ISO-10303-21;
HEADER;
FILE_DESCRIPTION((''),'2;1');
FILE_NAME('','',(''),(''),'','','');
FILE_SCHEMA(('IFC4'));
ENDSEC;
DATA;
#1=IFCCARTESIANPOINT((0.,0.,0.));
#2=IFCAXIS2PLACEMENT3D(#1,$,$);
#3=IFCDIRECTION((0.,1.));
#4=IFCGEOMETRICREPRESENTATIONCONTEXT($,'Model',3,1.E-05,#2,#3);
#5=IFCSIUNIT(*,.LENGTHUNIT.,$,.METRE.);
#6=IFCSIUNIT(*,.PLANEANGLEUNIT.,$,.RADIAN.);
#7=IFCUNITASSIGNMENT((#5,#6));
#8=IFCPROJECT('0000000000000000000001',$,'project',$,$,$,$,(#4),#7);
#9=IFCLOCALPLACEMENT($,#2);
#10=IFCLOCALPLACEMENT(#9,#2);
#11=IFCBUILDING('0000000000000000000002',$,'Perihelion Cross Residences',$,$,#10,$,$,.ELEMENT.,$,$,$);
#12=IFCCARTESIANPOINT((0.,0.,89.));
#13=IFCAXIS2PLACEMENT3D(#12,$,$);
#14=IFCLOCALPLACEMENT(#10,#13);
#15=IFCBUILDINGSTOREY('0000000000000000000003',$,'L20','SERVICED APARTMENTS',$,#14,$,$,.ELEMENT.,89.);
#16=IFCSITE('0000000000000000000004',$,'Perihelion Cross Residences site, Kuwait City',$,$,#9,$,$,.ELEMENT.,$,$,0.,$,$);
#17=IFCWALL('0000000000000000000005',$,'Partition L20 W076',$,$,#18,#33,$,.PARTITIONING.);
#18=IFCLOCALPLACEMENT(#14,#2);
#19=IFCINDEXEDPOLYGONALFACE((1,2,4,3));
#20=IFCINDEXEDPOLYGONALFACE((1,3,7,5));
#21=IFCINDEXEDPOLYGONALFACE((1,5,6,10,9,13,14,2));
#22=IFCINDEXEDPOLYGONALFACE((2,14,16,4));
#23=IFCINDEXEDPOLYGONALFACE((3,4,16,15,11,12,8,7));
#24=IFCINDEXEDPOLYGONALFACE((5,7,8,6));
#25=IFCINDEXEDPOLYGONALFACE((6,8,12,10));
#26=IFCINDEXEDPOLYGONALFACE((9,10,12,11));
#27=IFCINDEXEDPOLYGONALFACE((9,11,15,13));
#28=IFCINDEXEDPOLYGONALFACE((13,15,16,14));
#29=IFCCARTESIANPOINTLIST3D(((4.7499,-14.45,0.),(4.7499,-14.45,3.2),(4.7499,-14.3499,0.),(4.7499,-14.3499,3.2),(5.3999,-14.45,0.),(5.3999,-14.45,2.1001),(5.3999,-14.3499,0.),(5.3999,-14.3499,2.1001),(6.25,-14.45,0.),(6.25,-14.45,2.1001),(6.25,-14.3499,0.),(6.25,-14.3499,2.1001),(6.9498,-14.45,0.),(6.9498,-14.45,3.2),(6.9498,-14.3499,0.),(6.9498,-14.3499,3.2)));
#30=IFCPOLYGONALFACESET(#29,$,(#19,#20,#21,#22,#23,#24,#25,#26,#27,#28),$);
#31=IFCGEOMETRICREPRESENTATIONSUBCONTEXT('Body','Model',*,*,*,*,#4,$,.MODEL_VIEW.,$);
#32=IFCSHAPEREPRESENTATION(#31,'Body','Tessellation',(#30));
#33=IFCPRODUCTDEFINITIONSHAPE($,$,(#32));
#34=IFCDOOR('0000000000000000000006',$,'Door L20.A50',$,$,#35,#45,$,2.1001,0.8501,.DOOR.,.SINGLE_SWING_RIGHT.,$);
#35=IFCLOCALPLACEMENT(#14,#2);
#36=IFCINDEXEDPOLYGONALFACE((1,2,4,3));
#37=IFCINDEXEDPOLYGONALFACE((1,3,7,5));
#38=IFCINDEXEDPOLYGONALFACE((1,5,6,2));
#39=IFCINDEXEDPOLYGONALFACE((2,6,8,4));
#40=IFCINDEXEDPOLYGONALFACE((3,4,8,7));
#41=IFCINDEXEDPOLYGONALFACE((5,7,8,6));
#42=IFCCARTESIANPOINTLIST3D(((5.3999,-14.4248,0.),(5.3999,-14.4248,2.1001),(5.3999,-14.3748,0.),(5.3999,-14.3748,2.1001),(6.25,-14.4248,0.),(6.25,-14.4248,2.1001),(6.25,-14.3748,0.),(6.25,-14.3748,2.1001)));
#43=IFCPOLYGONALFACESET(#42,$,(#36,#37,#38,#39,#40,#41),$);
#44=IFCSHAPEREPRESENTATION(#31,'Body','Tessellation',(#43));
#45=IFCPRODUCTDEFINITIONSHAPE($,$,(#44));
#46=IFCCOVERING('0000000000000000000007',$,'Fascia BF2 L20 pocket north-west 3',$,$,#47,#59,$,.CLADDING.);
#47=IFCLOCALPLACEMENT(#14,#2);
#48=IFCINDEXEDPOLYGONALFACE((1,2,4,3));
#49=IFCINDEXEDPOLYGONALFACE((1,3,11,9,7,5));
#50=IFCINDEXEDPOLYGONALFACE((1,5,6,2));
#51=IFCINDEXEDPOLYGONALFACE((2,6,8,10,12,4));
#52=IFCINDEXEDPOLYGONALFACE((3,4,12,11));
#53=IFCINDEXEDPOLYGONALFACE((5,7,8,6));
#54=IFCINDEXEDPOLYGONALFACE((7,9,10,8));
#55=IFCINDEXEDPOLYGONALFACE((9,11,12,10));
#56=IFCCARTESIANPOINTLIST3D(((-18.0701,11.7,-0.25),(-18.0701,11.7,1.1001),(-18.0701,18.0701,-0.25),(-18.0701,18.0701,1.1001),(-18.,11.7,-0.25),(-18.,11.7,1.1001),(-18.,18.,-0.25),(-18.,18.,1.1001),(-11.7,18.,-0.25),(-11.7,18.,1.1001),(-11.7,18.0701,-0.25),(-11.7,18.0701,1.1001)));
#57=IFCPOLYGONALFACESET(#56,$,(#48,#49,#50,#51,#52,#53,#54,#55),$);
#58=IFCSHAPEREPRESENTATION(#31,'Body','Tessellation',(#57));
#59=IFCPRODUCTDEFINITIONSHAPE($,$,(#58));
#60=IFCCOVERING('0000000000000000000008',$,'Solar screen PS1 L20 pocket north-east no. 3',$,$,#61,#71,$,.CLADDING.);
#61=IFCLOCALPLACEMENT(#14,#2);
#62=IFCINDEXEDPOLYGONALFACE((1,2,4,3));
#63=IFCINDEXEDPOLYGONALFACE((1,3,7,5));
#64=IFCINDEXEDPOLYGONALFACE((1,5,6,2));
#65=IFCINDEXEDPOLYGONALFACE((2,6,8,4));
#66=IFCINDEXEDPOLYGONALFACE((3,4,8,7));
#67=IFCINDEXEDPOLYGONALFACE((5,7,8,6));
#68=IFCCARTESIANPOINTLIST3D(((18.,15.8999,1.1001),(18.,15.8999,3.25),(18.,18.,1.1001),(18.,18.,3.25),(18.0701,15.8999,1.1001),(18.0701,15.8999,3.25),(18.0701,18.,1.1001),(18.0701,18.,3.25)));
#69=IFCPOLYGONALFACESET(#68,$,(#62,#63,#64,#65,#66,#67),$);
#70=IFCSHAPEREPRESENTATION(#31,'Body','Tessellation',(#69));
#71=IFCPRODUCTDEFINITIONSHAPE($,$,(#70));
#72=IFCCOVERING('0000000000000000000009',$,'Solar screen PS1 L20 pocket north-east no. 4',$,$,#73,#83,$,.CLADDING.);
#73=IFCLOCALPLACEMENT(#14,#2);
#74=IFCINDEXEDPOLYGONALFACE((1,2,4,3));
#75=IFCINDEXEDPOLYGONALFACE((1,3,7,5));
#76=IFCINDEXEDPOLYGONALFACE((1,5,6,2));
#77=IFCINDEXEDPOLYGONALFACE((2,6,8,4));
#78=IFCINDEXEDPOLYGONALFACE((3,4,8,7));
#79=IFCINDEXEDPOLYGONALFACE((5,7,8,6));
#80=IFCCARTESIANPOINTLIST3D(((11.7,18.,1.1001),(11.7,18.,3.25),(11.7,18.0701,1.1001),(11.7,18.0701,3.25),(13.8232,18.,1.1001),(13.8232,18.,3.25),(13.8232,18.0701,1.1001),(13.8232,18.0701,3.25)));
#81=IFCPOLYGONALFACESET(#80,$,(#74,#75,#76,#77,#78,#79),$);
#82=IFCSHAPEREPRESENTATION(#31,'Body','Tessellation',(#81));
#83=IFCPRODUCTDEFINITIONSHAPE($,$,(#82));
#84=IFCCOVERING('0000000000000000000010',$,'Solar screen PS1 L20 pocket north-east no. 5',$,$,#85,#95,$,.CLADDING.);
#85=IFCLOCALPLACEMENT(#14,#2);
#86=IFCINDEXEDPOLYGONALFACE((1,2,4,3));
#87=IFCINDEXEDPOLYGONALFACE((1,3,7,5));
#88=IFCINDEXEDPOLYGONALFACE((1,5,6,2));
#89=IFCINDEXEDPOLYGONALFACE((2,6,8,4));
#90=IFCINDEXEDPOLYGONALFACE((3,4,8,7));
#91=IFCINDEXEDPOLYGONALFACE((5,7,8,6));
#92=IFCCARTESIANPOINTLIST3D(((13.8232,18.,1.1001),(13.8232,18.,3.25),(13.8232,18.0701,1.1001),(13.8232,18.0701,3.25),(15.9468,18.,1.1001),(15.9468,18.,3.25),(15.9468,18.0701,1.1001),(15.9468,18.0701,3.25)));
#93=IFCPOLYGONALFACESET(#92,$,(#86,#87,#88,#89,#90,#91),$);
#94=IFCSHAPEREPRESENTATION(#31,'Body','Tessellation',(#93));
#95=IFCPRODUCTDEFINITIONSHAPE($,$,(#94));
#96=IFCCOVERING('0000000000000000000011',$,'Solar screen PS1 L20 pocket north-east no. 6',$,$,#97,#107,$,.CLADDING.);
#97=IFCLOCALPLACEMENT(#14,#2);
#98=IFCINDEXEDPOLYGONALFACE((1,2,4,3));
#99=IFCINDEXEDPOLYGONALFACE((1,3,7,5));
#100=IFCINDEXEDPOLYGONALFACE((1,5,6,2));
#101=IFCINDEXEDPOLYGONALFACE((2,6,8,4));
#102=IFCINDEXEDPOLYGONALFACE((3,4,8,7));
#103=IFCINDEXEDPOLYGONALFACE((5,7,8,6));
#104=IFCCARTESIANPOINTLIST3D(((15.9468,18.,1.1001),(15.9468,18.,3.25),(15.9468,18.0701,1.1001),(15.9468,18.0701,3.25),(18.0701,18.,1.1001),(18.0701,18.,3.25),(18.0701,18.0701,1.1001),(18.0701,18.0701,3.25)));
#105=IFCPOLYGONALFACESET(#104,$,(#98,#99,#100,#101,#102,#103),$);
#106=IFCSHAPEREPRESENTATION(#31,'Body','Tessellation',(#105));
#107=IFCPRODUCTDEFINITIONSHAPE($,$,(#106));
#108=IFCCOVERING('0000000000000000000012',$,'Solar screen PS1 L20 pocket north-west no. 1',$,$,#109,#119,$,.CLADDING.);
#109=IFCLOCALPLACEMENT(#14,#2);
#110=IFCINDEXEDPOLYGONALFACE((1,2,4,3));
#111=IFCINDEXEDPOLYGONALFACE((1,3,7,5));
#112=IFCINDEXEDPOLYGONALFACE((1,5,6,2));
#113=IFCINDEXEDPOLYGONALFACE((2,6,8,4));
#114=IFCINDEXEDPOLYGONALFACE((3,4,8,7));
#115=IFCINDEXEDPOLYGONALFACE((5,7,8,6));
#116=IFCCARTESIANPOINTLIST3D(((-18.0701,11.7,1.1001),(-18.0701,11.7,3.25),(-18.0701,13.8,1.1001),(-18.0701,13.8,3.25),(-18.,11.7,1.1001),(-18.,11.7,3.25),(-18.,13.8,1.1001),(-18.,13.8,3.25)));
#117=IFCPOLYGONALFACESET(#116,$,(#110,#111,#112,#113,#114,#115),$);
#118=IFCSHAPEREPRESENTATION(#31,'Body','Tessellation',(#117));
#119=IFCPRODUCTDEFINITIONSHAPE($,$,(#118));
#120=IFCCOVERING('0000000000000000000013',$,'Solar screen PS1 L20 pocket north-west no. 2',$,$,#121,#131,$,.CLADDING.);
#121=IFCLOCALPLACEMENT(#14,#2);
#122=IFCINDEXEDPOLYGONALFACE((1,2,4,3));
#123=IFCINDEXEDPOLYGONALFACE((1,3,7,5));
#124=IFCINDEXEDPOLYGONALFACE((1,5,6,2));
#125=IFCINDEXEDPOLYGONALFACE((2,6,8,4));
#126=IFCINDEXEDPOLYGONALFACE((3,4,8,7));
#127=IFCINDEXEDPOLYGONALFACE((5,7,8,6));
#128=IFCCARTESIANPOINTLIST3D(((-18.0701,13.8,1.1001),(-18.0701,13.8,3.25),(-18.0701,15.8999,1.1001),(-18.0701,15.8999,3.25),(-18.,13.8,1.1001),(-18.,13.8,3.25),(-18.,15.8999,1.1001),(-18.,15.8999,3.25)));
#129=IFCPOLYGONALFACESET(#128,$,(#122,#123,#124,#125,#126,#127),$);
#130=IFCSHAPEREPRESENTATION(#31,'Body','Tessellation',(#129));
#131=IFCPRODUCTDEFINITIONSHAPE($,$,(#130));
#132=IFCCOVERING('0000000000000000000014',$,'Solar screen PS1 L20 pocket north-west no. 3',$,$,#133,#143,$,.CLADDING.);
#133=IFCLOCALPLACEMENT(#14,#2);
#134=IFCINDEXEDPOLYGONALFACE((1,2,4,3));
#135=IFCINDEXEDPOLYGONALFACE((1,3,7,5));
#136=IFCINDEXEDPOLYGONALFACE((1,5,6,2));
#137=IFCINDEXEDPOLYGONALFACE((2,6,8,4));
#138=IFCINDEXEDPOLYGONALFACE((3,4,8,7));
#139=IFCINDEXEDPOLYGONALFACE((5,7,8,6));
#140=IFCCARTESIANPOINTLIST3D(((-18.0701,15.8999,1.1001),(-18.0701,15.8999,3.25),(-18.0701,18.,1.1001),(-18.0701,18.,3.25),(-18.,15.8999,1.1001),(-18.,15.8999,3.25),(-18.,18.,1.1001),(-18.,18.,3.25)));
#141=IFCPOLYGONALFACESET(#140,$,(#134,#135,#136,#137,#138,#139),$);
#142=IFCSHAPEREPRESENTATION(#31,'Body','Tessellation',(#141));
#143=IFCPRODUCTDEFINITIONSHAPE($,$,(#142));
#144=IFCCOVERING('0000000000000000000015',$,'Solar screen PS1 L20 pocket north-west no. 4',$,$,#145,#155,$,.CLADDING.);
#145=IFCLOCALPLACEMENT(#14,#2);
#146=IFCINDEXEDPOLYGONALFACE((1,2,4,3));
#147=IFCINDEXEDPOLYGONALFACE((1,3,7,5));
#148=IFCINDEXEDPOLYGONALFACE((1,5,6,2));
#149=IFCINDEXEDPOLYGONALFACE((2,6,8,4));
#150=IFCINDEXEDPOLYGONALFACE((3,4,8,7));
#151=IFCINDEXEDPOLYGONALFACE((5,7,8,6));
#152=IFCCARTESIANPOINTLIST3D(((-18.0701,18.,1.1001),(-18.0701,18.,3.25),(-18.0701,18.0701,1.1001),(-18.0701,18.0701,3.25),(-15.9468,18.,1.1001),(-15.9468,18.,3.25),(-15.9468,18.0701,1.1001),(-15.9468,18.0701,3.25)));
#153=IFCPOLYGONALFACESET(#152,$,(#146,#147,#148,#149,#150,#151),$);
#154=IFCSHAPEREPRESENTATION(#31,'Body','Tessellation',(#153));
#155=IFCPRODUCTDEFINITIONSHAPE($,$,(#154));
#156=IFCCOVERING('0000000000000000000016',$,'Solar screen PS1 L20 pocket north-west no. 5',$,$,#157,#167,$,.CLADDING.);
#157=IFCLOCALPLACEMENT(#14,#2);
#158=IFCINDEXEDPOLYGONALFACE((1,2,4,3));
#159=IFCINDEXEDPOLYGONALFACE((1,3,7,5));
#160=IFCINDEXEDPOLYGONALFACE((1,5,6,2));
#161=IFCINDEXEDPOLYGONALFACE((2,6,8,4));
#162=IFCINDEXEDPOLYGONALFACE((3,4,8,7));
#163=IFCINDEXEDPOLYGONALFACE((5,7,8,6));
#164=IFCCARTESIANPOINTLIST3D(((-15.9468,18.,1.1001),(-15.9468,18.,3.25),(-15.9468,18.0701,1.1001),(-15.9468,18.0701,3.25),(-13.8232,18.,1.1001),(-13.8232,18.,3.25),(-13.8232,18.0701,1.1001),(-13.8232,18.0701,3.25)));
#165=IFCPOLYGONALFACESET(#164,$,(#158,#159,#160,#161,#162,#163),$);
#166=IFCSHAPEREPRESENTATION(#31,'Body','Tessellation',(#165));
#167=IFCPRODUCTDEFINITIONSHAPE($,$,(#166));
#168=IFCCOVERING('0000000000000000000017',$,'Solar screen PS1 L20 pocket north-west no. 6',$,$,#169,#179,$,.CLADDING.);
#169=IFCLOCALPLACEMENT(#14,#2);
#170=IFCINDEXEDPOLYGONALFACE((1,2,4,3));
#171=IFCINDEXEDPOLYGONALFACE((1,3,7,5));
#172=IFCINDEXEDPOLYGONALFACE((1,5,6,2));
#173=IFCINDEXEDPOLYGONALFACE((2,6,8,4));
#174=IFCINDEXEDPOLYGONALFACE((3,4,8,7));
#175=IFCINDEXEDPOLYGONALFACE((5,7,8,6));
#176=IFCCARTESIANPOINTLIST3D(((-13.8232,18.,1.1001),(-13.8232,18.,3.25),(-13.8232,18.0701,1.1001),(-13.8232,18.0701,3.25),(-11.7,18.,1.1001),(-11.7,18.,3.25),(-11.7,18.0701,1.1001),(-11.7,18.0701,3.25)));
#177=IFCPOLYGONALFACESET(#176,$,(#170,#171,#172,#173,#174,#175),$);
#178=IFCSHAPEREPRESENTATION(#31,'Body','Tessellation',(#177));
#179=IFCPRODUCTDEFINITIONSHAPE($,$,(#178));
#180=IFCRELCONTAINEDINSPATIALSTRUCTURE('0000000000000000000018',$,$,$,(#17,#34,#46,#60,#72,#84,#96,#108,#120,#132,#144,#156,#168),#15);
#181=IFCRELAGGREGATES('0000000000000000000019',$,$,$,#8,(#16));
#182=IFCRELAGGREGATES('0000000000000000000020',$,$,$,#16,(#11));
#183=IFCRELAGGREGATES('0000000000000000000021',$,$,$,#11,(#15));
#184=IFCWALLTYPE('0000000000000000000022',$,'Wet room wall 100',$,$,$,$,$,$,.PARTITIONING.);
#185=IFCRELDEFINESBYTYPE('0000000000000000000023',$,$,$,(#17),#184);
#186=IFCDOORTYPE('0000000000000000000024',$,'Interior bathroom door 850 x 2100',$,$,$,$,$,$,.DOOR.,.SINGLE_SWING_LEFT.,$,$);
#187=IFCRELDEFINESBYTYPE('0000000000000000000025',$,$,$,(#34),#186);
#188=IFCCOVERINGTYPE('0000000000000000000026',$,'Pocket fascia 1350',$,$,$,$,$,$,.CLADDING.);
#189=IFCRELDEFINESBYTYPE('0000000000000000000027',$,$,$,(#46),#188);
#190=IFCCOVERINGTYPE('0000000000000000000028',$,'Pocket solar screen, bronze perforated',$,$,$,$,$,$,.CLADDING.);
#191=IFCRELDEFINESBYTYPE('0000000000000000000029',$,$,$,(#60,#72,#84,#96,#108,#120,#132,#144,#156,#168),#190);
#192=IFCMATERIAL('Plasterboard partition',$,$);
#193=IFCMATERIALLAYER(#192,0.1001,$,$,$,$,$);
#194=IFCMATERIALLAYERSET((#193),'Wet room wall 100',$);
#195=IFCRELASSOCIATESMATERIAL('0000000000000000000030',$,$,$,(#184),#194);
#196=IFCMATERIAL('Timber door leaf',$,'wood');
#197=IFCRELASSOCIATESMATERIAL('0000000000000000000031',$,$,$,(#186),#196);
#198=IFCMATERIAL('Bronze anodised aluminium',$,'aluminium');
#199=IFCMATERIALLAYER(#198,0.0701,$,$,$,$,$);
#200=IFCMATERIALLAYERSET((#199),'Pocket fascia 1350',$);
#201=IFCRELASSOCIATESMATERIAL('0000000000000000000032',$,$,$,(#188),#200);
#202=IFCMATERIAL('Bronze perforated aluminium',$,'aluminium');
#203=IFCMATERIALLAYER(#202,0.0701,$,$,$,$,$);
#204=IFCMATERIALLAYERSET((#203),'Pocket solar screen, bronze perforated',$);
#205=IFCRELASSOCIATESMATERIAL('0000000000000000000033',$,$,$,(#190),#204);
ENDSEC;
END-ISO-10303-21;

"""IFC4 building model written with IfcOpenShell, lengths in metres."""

from ifc_helpers import new_model, si_unit, direction, frame, frame_2d, origin, place, context, subcontext, project, spatial, polyline, rectangle, outline, extrude, material, layer, layer_set, type_object, element, fill, save


model = new_model("IFC4")

# Units and contexts
model_context = context("Model", 3, precision=1e-05, world=origin(), true_north=direction((0.0, 1.0)))
body_context = subcontext(model_context, "Body", "Model", "MODEL_VIEW")
ifc_project = project(units=[si_unit("LENGTHUNIT", "METRE"), si_unit("PLANEANGLEUNIT", "RADIAN")], contexts=[model_context])

# Site, building, storey
site_placement = place(None, origin())
site = spatial("IfcSite", under=ifc_project, at=site_placement, Name="Perihelion Cross Residences site, Kuwait City", CompositionType="ELEMENT", RefElevation=0.0)
building_placement = place(site_placement, origin())
building = spatial("IfcBuilding", under=site, at=building_placement, Name="Perihelion Cross Residences", CompositionType="ELEMENT")
storey_placement = place(building_placement, frame((0.0, 0.0, 89.0)))
storey = spatial("IfcBuildingStorey", under=building, at=storey_placement, Name="L20", Description="SERVICED APARTMENTS", CompositionType="ELEMENT", Elevation=89.0)

# Shared definitions
ifc_material_1 = material(Name="Plasterboard partition")
ifc_layer_1 = layer(ifc_material_1, 0.1001)
ifc_layer_set_1 = layer_set([ifc_layer_1], Name="Wet room wall 100")
wall_type_1 = type_object("IfcWallType", Name="Wet room wall 100", PredefinedType="PARTITIONING", material=ifc_layer_set_1)
ifc_material_2 = material(Name="Timber door leaf", Category="wood")
door_type_1 = type_object("IfcDoorType", Name="Interior bathroom door 850 x 2100", OperationType="SINGLE_SWING_LEFT", PredefinedType="DOOR", material=ifc_material_2)

# Wall, opening, door
wall_1_placement = place(storey_placement, frame((6.95, -14.3999, 0.0), z_axis=(0.0, 0.0, 1.0), x_axis=(-1.0, 0.0, 0.0)))
wall_1 = element("IfcWall", 1, at=wall_1_placement, inside=storey, type_object=wall_type_1, Name="Partition L20 W076", PredefinedType="PARTITIONING", context=body_context, shape_type="SweptSolid", body=[
    extrude(rectangle(XDim=2.2, YDim=0.1001, at=frame_2d((1.1001, 0.0))), origin(), (0.0, 0.0, 1.0), 3.2),
])
opening_1_placement = place(wall_1_placement, frame((0.7, 0.0, 0.0)))
opening_1 = element("IfcOpeningElement", 2, at=opening_1_placement, cuts=wall_1, PredefinedType="OPENING", context=body_context, shape_type="SweptSolid", body=[
    extrude(rectangle(XDim=0.8501, YDim=2.1001, at=frame_2d((0.425, 1.05))), frame((0.0, 0.0601, 0.0), z_axis=(0.0, -1.0, 0.0), x_axis=(1.0, 0.0, 0.0)), (0.0, 0.0, 1.0), 0.1201),
])
door_1_placement = place(opening_1_placement, origin())
door_1 = element("IfcDoor", 3, at=door_1_placement, inside=storey, type_object=door_type_1, Name="Door L20.A50", OperationType="SINGLE_SWING_RIGHT", OverallHeight=2.1001, OverallWidth=0.8501, PredefinedType="DOOR", context=body_context, shape_type="SweptSolid", body=[
    extrude(rectangle(XDim=0.8501, YDim=2.1001, at=frame_2d((0.425, 1.05))), frame((0.0, 0.0249, 0.0), z_axis=(0.0, -1.0, 0.0), x_axis=(1.0, 0.0, 0.0)), (0.0, 0.0, 1.0), 0.05),
])
fill(opening_1, door_1)

# Coverings
ifc_material_3 = material(Name="Bronze anodised aluminium", Category="aluminium")
ifc_layer_2 = layer(ifc_material_3, 0.0701)
ifc_layer_set_2 = layer_set([ifc_layer_2], Name="Pocket fascia 1350")
covering_type_1 = type_object("IfcCoveringType", Name="Pocket fascia 1350", PredefinedType="CLADDING", material=ifc_layer_set_2)
covering_1_placement = place(storey_placement, frame((0.0, 0.0, -0.25)))
element("IfcCovering", 4, at=covering_1_placement, inside=storey, type_object=covering_type_1, Name="Fascia BF2 L20 pocket north-west 3", PredefinedType="CLADDING", context=body_context, shape_type="SweptSolid", body=[
    extrude(outline(polyline([(-18.0701, 18.0701), (-18.0701, 11.7), (-18.0, 11.7), (-18.0, 18.0), (-11.7, 18.0), (-11.7, 18.0701), (-18.0701, 18.0701)])), origin(), (0.0, 0.0, 1.0), 1.3501),
])
ifc_material_4 = material(Name="Bronze perforated aluminium", Category="aluminium")
ifc_layer_3 = layer(ifc_material_4, 0.0701)
ifc_layer_set_3 = layer_set([ifc_layer_3], Name="Pocket solar screen, bronze perforated")
covering_type_2 = type_object("IfcCoveringType", Name="Pocket solar screen, bronze perforated", PredefinedType="CLADDING", material=ifc_layer_set_3)
covering_2_placement = place(storey_placement, frame((0.0, 0.0, 1.1001)))
element("IfcCovering", 5, at=covering_2_placement, inside=storey, type_object=covering_type_2, Name="Solar screen PS1 L20 pocket north-east no. 3", PredefinedType="CLADDING", context=body_context, shape_type="SweptSolid", body=[
    extrude(outline(polyline([(18.0701, 15.8999), (18.0701, 18.0), (18.0, 18.0), (18.0, 15.8999), (18.0701, 15.8999)])), origin(), (0.0, 0.0, 1.0), 2.1499),
])
covering_3_placement = place(storey_placement, frame((0.0, 0.0, 1.1001)))
element("IfcCovering", 6, at=covering_3_placement, inside=storey, type_object=covering_type_2, Name="Solar screen PS1 L20 pocket north-east no. 4", PredefinedType="CLADDING", context=body_context, shape_type="SweptSolid", body=[
    extrude(outline(polyline([(13.8232, 18.0), (13.8232, 18.0701), (11.7, 18.0701), (11.7, 18.0), (13.8232, 18.0)])), origin(), (0.0, 0.0, 1.0), 2.1499),
])
covering_4_placement = place(storey_placement, frame((0.0, 0.0, 1.1001)))
element("IfcCovering", 7, at=covering_4_placement, inside=storey, type_object=covering_type_2, Name="Solar screen PS1 L20 pocket north-east no. 5", PredefinedType="CLADDING", context=body_context, shape_type="SweptSolid", body=[
    extrude(outline(polyline([(15.9468, 18.0), (15.9468, 18.0701), (13.8232, 18.0701), (13.8232, 18.0), (15.9468, 18.0)])), origin(), (0.0, 0.0, 1.0), 2.1499),
])
covering_5_placement = place(storey_placement, frame((0.0, 0.0, 1.1001)))
element("IfcCovering", 8, at=covering_5_placement, inside=storey, type_object=covering_type_2, Name="Solar screen PS1 L20 pocket north-east no. 6", PredefinedType="CLADDING", context=body_context, shape_type="SweptSolid", body=[
    extrude(outline(polyline([(18.0701, 18.0), (18.0701, 18.0701), (15.9468, 18.0701), (15.9468, 18.0), (18.0701, 18.0)])), origin(), (0.0, 0.0, 1.0), 2.1499),
])
covering_6_placement = place(storey_placement, frame((0.0, 0.0, 1.1001)))
element("IfcCovering", 9, at=covering_6_placement, inside=storey, type_object=covering_type_2, Name="Solar screen PS1 L20 pocket north-west no. 1", PredefinedType="CLADDING", context=body_context, shape_type="SweptSolid", body=[
    extrude(outline(polyline([(-18.0, 11.7), (-18.0, 13.8), (-18.0701, 13.8), (-18.0701, 11.7), (-18.0, 11.7)])), origin(), (0.0, 0.0, 1.0), 2.1499),
])
covering_7_placement = place(storey_placement, frame((0.0, 0.0, 1.1001)))
element("IfcCovering", 10, at=covering_7_placement, inside=storey, type_object=covering_type_2, Name="Solar screen PS1 L20 pocket north-west no. 2", PredefinedType="CLADDING", context=body_context, shape_type="SweptSolid", body=[
    extrude(outline(polyline([(-18.0, 13.8), (-18.0, 15.8999), (-18.0701, 15.8999), (-18.0701, 13.8), (-18.0, 13.8)])), origin(), (0.0, 0.0, 1.0), 2.1499),
])
covering_8_placement = place(storey_placement, frame((0.0, 0.0, 1.1001)))
element("IfcCovering", 11, at=covering_8_placement, inside=storey, type_object=covering_type_2, Name="Solar screen PS1 L20 pocket north-west no. 3", PredefinedType="CLADDING", context=body_context, shape_type="SweptSolid", body=[
    extrude(outline(polyline([(-18.0, 15.8999), (-18.0, 18.0), (-18.0701, 18.0), (-18.0701, 15.8999), (-18.0, 15.8999)])), origin(), (0.0, 0.0, 1.0), 2.1499),
])
covering_9_placement = place(storey_placement, frame((0.0, 0.0, 1.1001)))
element("IfcCovering", 12, at=covering_9_placement, inside=storey, type_object=covering_type_2, Name="Solar screen PS1 L20 pocket north-west no. 4", PredefinedType="CLADDING", context=body_context, shape_type="SweptSolid", body=[
    extrude(outline(polyline([(-15.9468, 18.0), (-15.9468, 18.0701), (-18.0701, 18.0701), (-18.0701, 18.0), (-15.9468, 18.0)])), origin(), (0.0, 0.0, 1.0), 2.1499),
])
covering_10_placement = place(storey_placement, frame((0.0, 0.0, 1.1001)))
element("IfcCovering", 13, at=covering_10_placement, inside=storey, type_object=covering_type_2, Name="Solar screen PS1 L20 pocket north-west no. 5", PredefinedType="CLADDING", context=body_context, shape_type="SweptSolid", body=[
    extrude(outline(polyline([(-13.8232, 18.0), (-13.8232, 18.0701), (-15.9468, 18.0701), (-15.9468, 18.0), (-13.8232, 18.0)])), origin(), (0.0, 0.0, 1.0), 2.1499),
])
covering_11_placement = place(storey_placement, frame((0.0, 0.0, 1.1001)))
element("IfcCovering", 14, at=covering_11_placement, inside=storey, type_object=covering_type_2, Name="Solar screen PS1 L20 pocket north-west no. 6", PredefinedType="CLADDING", context=body_context, shape_type="SweptSolid", body=[
    extrude(outline(polyline([(-11.7, 18.0), (-11.7, 18.0701), (-13.8232, 18.0701), (-13.8232, 18.0), (-11.7, 18.0)])), origin(), (0.0, 0.0, 1.0), 2.1499),
])

save(model, "model.ifc")
